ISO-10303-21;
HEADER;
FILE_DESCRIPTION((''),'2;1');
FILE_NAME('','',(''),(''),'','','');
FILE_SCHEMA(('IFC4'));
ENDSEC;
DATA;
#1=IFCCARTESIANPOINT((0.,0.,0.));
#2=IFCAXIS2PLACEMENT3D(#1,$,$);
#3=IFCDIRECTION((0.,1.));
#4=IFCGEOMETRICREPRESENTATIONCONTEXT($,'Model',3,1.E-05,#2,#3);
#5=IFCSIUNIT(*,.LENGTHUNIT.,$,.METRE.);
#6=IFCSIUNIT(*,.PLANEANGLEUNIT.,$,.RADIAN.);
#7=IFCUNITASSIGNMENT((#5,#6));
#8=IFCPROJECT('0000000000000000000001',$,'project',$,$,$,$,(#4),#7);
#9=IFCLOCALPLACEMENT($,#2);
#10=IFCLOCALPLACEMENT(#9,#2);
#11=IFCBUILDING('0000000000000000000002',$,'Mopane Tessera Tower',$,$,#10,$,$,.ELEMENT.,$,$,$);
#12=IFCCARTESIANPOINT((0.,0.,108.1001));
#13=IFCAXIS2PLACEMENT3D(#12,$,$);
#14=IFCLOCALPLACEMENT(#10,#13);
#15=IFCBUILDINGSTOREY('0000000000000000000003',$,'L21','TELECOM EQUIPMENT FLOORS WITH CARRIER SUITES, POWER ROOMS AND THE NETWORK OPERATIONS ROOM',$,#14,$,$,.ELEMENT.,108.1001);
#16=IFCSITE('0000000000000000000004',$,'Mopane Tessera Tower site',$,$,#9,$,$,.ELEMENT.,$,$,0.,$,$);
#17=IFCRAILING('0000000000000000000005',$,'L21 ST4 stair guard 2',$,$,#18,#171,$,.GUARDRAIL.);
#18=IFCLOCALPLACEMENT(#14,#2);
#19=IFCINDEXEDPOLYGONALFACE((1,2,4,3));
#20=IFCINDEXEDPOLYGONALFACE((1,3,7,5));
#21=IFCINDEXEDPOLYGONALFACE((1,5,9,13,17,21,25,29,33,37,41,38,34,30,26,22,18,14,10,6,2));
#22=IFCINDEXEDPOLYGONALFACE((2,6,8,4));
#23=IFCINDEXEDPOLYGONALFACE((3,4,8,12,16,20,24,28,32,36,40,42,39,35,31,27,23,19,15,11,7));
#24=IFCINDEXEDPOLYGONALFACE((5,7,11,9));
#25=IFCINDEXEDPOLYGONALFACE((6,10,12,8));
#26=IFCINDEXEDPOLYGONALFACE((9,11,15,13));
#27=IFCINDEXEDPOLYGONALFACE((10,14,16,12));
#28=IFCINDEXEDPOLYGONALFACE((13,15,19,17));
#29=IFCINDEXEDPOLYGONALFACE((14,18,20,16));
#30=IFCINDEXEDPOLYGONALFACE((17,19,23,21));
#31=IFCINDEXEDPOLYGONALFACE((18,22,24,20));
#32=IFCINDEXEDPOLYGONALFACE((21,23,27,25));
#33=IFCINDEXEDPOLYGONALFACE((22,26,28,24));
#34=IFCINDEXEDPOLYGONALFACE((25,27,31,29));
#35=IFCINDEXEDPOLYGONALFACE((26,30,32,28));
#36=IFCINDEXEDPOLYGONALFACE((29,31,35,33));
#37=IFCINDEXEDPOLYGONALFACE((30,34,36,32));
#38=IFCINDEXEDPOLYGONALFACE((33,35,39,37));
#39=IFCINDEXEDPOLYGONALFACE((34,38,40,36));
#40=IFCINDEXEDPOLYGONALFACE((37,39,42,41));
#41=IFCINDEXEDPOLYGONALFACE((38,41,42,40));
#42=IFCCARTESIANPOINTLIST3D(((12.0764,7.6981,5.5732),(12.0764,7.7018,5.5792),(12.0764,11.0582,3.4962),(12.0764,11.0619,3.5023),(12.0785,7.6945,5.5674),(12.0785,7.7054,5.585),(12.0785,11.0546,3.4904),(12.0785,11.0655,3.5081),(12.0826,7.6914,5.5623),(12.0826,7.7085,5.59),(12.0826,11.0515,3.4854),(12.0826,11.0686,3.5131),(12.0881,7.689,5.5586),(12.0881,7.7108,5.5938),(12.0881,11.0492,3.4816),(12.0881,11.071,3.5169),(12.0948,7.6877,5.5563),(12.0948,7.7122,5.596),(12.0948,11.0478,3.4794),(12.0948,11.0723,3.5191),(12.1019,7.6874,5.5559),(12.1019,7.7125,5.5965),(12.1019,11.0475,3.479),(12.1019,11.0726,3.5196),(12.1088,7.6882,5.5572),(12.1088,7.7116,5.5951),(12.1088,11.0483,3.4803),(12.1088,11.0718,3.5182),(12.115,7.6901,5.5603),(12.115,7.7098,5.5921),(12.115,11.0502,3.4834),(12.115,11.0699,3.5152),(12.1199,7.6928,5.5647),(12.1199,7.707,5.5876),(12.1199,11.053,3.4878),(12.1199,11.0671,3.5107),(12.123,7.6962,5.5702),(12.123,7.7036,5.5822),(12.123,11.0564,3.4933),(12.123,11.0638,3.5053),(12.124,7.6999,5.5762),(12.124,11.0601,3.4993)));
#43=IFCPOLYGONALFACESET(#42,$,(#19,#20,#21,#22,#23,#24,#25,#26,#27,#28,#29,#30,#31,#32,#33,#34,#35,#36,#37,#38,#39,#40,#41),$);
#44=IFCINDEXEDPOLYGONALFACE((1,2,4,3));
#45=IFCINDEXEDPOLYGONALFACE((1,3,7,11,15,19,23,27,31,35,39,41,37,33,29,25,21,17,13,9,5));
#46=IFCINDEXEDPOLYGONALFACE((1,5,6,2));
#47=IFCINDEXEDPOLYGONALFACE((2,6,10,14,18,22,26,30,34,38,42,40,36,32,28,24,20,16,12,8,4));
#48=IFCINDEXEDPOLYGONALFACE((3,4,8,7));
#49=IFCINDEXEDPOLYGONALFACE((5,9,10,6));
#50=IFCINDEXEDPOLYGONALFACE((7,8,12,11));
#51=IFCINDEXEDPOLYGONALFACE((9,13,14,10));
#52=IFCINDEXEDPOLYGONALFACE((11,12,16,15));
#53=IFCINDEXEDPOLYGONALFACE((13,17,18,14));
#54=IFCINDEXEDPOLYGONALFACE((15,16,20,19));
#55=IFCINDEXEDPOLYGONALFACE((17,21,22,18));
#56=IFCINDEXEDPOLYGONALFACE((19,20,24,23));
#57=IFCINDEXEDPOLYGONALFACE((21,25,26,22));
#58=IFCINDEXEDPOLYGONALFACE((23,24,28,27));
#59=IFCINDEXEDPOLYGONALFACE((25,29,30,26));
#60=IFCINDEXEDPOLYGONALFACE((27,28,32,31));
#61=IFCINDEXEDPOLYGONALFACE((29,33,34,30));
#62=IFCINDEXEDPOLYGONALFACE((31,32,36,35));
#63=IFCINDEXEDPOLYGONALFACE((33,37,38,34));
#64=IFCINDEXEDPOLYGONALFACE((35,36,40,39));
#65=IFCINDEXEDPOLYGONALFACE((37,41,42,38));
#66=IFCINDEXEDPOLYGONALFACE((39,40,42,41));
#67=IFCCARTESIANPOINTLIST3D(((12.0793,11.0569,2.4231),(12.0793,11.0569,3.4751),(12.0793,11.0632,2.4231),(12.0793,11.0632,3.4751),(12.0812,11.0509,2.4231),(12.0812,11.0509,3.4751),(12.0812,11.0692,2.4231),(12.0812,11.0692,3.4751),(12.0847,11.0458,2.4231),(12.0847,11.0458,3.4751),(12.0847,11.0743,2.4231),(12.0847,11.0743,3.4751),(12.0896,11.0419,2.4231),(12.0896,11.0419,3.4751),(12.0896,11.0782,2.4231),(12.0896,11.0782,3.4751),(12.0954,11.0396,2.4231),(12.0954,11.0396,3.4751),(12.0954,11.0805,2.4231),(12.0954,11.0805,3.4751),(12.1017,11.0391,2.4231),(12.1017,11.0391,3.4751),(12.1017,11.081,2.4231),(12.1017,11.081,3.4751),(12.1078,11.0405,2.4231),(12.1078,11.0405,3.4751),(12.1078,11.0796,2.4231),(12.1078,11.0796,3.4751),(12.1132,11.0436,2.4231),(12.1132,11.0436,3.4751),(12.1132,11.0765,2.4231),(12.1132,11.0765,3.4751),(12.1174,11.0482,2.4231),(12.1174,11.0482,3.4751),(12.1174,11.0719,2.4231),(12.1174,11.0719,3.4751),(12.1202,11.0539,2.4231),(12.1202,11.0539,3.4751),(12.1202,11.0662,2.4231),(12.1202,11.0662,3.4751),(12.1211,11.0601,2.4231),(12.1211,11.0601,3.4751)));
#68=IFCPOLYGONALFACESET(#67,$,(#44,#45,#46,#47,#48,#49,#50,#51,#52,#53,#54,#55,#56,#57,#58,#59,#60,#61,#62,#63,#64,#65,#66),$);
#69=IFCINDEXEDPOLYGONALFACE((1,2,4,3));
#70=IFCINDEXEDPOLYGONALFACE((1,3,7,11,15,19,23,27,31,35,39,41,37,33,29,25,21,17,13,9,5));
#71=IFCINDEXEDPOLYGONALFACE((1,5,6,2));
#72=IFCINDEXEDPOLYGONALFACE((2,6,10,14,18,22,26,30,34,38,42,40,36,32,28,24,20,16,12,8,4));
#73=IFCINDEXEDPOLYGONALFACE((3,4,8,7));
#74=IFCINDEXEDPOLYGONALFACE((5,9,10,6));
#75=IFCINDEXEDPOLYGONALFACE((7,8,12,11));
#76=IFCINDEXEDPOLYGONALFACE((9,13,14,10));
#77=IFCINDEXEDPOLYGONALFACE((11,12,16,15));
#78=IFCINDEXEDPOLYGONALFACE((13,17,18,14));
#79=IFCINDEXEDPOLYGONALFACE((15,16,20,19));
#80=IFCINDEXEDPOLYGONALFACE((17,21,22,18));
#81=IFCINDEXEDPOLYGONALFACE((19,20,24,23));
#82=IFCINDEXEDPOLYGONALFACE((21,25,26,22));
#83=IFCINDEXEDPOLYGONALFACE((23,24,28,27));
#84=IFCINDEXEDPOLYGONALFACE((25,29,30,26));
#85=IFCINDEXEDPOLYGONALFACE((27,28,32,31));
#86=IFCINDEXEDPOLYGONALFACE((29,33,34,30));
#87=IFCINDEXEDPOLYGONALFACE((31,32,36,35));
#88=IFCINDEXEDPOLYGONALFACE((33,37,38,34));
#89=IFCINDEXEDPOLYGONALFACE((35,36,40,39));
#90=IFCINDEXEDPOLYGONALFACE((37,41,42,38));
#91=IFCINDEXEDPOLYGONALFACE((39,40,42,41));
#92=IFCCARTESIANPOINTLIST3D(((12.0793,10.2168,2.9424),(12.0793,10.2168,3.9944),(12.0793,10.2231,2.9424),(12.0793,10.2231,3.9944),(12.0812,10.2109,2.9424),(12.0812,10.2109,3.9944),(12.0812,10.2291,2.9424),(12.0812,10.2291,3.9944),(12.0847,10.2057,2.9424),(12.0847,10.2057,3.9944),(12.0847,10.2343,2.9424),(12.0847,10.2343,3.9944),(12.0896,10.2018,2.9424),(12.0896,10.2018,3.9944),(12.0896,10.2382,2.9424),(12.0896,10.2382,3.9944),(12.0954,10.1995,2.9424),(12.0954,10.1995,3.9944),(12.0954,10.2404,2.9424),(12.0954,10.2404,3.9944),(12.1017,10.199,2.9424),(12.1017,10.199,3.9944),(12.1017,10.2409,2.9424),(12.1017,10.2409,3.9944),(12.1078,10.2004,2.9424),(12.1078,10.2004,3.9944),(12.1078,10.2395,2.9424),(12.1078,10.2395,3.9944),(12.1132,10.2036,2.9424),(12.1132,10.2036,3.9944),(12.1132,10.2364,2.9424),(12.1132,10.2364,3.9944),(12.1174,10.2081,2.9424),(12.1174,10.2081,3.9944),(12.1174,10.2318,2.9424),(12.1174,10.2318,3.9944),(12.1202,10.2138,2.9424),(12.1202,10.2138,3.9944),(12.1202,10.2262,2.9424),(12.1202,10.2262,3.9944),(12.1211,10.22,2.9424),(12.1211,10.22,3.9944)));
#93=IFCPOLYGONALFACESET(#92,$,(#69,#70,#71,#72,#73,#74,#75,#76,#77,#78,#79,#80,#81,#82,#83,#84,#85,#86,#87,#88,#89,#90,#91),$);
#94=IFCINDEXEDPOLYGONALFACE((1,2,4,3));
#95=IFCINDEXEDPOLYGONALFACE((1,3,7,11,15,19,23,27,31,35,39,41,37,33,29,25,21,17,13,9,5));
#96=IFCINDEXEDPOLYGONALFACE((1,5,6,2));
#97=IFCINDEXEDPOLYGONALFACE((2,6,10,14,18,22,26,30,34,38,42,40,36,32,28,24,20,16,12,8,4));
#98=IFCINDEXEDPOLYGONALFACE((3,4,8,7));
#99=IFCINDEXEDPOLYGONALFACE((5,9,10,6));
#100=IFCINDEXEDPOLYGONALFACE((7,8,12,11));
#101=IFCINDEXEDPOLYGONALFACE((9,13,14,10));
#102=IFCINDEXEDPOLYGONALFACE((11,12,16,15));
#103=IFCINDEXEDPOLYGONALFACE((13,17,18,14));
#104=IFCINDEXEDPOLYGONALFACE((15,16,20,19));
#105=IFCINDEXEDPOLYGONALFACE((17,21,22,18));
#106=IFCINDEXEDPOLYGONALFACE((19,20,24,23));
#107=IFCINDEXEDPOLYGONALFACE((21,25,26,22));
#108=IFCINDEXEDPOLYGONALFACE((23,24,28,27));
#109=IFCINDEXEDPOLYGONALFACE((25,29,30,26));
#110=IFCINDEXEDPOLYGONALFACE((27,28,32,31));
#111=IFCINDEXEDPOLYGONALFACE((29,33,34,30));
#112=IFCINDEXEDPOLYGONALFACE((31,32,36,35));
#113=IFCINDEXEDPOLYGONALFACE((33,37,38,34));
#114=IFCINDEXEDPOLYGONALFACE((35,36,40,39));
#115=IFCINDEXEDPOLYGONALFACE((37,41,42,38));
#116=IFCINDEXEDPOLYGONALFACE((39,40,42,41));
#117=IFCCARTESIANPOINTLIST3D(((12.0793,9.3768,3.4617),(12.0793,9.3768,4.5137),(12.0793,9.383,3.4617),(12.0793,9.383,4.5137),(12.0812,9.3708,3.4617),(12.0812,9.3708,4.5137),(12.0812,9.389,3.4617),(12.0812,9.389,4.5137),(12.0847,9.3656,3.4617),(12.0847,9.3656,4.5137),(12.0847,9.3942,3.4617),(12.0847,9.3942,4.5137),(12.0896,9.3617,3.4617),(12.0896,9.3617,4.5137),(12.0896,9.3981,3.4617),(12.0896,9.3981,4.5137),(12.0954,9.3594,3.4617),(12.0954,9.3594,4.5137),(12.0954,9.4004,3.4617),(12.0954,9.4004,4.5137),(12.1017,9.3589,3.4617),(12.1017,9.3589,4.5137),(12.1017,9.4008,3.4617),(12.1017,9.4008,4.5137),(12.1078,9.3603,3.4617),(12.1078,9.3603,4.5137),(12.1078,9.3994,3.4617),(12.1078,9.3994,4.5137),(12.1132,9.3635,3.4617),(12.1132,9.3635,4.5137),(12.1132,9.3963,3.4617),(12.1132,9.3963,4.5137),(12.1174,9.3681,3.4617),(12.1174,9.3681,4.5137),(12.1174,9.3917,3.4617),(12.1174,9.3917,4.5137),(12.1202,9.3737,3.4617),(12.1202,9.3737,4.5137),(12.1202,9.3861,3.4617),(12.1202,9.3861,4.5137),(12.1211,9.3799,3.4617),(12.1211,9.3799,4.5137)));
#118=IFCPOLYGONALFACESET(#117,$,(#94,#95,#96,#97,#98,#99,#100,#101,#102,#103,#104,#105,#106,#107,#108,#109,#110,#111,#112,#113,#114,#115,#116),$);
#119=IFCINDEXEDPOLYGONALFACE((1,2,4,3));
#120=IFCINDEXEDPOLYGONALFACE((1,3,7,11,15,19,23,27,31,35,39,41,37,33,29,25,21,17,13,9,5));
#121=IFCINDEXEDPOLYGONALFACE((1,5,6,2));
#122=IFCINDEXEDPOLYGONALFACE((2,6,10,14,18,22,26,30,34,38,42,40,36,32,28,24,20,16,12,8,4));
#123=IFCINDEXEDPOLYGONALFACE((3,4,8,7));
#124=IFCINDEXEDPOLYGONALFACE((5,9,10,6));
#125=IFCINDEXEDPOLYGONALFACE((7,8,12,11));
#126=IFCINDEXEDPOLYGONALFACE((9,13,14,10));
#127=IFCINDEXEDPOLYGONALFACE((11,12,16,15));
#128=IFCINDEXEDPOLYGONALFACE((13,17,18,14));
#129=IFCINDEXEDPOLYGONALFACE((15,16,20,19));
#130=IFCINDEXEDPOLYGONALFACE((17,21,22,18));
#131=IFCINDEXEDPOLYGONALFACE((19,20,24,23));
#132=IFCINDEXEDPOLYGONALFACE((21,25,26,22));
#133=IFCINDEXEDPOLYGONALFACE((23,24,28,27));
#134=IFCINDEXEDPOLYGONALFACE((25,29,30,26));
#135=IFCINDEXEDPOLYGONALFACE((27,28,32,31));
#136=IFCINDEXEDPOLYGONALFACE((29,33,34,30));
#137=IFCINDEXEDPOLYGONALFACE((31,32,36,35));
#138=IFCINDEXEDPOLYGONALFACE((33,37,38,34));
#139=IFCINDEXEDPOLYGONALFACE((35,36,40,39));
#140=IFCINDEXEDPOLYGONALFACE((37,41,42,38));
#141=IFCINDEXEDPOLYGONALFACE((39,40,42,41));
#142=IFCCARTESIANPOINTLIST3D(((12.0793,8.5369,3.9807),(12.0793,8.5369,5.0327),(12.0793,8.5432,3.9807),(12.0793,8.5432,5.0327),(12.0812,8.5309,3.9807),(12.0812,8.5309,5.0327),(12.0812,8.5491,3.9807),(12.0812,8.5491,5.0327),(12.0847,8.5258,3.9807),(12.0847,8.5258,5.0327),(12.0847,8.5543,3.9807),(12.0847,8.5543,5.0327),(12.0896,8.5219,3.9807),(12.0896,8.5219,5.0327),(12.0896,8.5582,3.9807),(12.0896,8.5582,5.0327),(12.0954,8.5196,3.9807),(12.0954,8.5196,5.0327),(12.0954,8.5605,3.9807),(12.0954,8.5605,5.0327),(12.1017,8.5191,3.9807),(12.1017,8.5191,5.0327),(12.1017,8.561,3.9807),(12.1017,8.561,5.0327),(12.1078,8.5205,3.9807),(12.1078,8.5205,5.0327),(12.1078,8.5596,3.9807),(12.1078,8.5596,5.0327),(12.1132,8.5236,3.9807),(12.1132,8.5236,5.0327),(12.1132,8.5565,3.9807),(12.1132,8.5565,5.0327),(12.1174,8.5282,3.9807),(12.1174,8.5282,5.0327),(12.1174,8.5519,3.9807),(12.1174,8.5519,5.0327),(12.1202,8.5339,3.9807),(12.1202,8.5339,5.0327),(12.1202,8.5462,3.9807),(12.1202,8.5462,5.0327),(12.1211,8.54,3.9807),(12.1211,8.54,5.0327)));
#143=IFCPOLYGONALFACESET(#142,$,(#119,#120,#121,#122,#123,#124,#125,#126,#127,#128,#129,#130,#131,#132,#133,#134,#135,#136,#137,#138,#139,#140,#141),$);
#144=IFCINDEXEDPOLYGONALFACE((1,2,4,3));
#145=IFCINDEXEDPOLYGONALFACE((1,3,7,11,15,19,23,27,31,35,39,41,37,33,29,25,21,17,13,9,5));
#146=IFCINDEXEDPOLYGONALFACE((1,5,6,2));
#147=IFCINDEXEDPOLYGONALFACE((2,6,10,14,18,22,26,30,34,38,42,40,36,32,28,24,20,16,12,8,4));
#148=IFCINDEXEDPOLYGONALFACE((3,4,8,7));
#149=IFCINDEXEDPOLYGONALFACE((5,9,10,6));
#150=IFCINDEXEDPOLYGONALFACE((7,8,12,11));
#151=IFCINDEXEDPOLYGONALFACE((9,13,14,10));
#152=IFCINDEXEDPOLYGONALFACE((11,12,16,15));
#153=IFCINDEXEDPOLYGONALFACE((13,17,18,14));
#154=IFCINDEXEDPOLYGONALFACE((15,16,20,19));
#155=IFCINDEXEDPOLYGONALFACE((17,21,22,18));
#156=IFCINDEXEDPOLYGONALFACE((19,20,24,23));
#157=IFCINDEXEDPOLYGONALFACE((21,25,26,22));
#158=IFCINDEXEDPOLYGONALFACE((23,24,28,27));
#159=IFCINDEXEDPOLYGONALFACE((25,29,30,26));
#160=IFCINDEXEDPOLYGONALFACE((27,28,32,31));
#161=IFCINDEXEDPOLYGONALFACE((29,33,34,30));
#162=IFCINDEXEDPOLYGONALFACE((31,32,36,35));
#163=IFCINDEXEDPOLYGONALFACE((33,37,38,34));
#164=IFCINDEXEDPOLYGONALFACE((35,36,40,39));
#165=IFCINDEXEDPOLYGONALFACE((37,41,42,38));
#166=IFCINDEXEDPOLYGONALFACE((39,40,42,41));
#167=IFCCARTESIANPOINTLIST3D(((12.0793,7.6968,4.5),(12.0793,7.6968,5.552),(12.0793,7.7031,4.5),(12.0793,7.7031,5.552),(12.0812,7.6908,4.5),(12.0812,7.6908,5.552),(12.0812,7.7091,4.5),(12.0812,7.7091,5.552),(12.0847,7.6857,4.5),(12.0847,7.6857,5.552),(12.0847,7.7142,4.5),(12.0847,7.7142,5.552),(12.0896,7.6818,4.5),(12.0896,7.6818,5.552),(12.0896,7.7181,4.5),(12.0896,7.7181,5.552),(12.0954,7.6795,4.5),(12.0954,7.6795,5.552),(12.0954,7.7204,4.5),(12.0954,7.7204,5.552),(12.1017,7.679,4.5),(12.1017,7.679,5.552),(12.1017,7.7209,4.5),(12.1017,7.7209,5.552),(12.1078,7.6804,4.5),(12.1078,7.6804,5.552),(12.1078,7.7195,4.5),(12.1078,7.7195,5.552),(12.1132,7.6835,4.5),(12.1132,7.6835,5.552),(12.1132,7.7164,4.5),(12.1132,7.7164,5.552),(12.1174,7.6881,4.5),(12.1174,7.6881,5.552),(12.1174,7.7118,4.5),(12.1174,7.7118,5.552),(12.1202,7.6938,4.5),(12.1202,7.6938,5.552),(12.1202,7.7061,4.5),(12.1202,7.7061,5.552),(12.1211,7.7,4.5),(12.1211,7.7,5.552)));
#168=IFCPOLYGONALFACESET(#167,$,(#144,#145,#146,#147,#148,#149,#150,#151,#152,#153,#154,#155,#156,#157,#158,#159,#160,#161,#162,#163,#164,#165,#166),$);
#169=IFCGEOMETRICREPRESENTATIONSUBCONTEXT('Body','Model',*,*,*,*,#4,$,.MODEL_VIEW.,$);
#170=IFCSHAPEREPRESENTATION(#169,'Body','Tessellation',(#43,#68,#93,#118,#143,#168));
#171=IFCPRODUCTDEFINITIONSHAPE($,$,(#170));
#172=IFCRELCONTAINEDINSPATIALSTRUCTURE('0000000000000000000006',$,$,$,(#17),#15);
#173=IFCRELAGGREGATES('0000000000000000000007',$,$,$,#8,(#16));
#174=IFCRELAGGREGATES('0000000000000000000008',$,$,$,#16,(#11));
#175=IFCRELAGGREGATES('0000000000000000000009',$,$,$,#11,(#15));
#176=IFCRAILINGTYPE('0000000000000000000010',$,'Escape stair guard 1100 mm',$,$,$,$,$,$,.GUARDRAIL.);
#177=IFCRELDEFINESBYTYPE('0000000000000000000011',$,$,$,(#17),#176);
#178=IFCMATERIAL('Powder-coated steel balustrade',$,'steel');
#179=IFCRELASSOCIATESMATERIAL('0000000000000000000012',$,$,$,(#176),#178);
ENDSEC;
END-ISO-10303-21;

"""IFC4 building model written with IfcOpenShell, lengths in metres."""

from ifc_helpers import new_model, si_unit, direction, frame, origin, origin_2d, place, context, subcontext, project, spatial, circle, extrude, material, type_object, element, save


model = new_model("IFC4")

# Units and contexts
model_context = context("Model", 3, precision=1e-05, world=origin(), true_north=direction((0.0, 1.0)))
body_context = subcontext(model_context, "Body", "Model", "MODEL_VIEW")
ifc_project = project(units=[si_unit("LENGTHUNIT", "METRE"), si_unit("PLANEANGLEUNIT", "RADIAN")], contexts=[model_context])

# Site, building, storey
site_placement = place(None, origin())
site = spatial("IfcSite", under=ifc_project, at=site_placement, Name="Mopane Tessera Tower site", CompositionType="ELEMENT", RefElevation=0.0)
building_placement = place(site_placement, origin())
building = spatial("IfcBuilding", under=site, at=building_placement, Name="Mopane Tessera Tower", CompositionType="ELEMENT")
storey_placement = place(building_placement, frame((0.0, 0.0, 108.1001)))
storey = spatial("IfcBuildingStorey", under=building, at=storey_placement, Name="L21", Description="TELECOM EQUIPMENT FLOORS WITH CARRIER SUITES, POWER ROOMS AND THE NETWORK OPERATIONS ROOM", CompositionType="ELEMENT", Elevation=108.1001)

# Railing
ifc_material_1 = material(Name="Powder-coated steel balustrade", Category="steel")
railing_type_1 = type_object("IfcRailingType", Name="Escape stair guard 1100 mm", PredefinedType="GUARDRAIL", material=ifc_material_1)
railing_1_placement = place(storey_placement, frame((12.1001, 11.0601, 2.4231)))
element("IfcRailing", 1, at=railing_1_placement, inside=storey, type_object=railing_type_1, Name="L21 ST4 stair guard 2", PredefinedType="GUARDRAIL", context=body_context, shape_type="SweptSolid", body=[
    extrude(circle(Radius=0.0239, at=origin_2d()), frame((0.0, 0.0, 1.0762), z_axis=(0.0, -0.850623, 0.525776), x_axis=(1.0, 0.0, 0.0)), (0.0, 0.0, 1.0), 3.9502),
    extrude(circle(Radius=0.021, at=origin_2d()), origin(), (0.0, 0.0, 1.0), 1.052),
    extrude(circle(Radius=0.021, at=origin_2d()), frame((0.0, -0.8401, 0.5193)), (0.0, 0.0, 1.0), 1.052),
    extrude(circle(Radius=0.021, at=origin_2d()), frame((0.0, -1.6802, 1.0386)), (0.0, 0.0, 1.0), 1.052),
    extrude(circle(Radius=0.021, at=origin_2d()), frame((0.0, -2.52, 1.5576)), (0.0, 0.0, 1.0), 1.052),
    extrude(circle(Radius=0.021, at=origin_2d()), frame((0.0, -3.3601, 2.0769)), (0.0, 0.0, 1.0), 1.052),
])

save(model, "model.ifc")
